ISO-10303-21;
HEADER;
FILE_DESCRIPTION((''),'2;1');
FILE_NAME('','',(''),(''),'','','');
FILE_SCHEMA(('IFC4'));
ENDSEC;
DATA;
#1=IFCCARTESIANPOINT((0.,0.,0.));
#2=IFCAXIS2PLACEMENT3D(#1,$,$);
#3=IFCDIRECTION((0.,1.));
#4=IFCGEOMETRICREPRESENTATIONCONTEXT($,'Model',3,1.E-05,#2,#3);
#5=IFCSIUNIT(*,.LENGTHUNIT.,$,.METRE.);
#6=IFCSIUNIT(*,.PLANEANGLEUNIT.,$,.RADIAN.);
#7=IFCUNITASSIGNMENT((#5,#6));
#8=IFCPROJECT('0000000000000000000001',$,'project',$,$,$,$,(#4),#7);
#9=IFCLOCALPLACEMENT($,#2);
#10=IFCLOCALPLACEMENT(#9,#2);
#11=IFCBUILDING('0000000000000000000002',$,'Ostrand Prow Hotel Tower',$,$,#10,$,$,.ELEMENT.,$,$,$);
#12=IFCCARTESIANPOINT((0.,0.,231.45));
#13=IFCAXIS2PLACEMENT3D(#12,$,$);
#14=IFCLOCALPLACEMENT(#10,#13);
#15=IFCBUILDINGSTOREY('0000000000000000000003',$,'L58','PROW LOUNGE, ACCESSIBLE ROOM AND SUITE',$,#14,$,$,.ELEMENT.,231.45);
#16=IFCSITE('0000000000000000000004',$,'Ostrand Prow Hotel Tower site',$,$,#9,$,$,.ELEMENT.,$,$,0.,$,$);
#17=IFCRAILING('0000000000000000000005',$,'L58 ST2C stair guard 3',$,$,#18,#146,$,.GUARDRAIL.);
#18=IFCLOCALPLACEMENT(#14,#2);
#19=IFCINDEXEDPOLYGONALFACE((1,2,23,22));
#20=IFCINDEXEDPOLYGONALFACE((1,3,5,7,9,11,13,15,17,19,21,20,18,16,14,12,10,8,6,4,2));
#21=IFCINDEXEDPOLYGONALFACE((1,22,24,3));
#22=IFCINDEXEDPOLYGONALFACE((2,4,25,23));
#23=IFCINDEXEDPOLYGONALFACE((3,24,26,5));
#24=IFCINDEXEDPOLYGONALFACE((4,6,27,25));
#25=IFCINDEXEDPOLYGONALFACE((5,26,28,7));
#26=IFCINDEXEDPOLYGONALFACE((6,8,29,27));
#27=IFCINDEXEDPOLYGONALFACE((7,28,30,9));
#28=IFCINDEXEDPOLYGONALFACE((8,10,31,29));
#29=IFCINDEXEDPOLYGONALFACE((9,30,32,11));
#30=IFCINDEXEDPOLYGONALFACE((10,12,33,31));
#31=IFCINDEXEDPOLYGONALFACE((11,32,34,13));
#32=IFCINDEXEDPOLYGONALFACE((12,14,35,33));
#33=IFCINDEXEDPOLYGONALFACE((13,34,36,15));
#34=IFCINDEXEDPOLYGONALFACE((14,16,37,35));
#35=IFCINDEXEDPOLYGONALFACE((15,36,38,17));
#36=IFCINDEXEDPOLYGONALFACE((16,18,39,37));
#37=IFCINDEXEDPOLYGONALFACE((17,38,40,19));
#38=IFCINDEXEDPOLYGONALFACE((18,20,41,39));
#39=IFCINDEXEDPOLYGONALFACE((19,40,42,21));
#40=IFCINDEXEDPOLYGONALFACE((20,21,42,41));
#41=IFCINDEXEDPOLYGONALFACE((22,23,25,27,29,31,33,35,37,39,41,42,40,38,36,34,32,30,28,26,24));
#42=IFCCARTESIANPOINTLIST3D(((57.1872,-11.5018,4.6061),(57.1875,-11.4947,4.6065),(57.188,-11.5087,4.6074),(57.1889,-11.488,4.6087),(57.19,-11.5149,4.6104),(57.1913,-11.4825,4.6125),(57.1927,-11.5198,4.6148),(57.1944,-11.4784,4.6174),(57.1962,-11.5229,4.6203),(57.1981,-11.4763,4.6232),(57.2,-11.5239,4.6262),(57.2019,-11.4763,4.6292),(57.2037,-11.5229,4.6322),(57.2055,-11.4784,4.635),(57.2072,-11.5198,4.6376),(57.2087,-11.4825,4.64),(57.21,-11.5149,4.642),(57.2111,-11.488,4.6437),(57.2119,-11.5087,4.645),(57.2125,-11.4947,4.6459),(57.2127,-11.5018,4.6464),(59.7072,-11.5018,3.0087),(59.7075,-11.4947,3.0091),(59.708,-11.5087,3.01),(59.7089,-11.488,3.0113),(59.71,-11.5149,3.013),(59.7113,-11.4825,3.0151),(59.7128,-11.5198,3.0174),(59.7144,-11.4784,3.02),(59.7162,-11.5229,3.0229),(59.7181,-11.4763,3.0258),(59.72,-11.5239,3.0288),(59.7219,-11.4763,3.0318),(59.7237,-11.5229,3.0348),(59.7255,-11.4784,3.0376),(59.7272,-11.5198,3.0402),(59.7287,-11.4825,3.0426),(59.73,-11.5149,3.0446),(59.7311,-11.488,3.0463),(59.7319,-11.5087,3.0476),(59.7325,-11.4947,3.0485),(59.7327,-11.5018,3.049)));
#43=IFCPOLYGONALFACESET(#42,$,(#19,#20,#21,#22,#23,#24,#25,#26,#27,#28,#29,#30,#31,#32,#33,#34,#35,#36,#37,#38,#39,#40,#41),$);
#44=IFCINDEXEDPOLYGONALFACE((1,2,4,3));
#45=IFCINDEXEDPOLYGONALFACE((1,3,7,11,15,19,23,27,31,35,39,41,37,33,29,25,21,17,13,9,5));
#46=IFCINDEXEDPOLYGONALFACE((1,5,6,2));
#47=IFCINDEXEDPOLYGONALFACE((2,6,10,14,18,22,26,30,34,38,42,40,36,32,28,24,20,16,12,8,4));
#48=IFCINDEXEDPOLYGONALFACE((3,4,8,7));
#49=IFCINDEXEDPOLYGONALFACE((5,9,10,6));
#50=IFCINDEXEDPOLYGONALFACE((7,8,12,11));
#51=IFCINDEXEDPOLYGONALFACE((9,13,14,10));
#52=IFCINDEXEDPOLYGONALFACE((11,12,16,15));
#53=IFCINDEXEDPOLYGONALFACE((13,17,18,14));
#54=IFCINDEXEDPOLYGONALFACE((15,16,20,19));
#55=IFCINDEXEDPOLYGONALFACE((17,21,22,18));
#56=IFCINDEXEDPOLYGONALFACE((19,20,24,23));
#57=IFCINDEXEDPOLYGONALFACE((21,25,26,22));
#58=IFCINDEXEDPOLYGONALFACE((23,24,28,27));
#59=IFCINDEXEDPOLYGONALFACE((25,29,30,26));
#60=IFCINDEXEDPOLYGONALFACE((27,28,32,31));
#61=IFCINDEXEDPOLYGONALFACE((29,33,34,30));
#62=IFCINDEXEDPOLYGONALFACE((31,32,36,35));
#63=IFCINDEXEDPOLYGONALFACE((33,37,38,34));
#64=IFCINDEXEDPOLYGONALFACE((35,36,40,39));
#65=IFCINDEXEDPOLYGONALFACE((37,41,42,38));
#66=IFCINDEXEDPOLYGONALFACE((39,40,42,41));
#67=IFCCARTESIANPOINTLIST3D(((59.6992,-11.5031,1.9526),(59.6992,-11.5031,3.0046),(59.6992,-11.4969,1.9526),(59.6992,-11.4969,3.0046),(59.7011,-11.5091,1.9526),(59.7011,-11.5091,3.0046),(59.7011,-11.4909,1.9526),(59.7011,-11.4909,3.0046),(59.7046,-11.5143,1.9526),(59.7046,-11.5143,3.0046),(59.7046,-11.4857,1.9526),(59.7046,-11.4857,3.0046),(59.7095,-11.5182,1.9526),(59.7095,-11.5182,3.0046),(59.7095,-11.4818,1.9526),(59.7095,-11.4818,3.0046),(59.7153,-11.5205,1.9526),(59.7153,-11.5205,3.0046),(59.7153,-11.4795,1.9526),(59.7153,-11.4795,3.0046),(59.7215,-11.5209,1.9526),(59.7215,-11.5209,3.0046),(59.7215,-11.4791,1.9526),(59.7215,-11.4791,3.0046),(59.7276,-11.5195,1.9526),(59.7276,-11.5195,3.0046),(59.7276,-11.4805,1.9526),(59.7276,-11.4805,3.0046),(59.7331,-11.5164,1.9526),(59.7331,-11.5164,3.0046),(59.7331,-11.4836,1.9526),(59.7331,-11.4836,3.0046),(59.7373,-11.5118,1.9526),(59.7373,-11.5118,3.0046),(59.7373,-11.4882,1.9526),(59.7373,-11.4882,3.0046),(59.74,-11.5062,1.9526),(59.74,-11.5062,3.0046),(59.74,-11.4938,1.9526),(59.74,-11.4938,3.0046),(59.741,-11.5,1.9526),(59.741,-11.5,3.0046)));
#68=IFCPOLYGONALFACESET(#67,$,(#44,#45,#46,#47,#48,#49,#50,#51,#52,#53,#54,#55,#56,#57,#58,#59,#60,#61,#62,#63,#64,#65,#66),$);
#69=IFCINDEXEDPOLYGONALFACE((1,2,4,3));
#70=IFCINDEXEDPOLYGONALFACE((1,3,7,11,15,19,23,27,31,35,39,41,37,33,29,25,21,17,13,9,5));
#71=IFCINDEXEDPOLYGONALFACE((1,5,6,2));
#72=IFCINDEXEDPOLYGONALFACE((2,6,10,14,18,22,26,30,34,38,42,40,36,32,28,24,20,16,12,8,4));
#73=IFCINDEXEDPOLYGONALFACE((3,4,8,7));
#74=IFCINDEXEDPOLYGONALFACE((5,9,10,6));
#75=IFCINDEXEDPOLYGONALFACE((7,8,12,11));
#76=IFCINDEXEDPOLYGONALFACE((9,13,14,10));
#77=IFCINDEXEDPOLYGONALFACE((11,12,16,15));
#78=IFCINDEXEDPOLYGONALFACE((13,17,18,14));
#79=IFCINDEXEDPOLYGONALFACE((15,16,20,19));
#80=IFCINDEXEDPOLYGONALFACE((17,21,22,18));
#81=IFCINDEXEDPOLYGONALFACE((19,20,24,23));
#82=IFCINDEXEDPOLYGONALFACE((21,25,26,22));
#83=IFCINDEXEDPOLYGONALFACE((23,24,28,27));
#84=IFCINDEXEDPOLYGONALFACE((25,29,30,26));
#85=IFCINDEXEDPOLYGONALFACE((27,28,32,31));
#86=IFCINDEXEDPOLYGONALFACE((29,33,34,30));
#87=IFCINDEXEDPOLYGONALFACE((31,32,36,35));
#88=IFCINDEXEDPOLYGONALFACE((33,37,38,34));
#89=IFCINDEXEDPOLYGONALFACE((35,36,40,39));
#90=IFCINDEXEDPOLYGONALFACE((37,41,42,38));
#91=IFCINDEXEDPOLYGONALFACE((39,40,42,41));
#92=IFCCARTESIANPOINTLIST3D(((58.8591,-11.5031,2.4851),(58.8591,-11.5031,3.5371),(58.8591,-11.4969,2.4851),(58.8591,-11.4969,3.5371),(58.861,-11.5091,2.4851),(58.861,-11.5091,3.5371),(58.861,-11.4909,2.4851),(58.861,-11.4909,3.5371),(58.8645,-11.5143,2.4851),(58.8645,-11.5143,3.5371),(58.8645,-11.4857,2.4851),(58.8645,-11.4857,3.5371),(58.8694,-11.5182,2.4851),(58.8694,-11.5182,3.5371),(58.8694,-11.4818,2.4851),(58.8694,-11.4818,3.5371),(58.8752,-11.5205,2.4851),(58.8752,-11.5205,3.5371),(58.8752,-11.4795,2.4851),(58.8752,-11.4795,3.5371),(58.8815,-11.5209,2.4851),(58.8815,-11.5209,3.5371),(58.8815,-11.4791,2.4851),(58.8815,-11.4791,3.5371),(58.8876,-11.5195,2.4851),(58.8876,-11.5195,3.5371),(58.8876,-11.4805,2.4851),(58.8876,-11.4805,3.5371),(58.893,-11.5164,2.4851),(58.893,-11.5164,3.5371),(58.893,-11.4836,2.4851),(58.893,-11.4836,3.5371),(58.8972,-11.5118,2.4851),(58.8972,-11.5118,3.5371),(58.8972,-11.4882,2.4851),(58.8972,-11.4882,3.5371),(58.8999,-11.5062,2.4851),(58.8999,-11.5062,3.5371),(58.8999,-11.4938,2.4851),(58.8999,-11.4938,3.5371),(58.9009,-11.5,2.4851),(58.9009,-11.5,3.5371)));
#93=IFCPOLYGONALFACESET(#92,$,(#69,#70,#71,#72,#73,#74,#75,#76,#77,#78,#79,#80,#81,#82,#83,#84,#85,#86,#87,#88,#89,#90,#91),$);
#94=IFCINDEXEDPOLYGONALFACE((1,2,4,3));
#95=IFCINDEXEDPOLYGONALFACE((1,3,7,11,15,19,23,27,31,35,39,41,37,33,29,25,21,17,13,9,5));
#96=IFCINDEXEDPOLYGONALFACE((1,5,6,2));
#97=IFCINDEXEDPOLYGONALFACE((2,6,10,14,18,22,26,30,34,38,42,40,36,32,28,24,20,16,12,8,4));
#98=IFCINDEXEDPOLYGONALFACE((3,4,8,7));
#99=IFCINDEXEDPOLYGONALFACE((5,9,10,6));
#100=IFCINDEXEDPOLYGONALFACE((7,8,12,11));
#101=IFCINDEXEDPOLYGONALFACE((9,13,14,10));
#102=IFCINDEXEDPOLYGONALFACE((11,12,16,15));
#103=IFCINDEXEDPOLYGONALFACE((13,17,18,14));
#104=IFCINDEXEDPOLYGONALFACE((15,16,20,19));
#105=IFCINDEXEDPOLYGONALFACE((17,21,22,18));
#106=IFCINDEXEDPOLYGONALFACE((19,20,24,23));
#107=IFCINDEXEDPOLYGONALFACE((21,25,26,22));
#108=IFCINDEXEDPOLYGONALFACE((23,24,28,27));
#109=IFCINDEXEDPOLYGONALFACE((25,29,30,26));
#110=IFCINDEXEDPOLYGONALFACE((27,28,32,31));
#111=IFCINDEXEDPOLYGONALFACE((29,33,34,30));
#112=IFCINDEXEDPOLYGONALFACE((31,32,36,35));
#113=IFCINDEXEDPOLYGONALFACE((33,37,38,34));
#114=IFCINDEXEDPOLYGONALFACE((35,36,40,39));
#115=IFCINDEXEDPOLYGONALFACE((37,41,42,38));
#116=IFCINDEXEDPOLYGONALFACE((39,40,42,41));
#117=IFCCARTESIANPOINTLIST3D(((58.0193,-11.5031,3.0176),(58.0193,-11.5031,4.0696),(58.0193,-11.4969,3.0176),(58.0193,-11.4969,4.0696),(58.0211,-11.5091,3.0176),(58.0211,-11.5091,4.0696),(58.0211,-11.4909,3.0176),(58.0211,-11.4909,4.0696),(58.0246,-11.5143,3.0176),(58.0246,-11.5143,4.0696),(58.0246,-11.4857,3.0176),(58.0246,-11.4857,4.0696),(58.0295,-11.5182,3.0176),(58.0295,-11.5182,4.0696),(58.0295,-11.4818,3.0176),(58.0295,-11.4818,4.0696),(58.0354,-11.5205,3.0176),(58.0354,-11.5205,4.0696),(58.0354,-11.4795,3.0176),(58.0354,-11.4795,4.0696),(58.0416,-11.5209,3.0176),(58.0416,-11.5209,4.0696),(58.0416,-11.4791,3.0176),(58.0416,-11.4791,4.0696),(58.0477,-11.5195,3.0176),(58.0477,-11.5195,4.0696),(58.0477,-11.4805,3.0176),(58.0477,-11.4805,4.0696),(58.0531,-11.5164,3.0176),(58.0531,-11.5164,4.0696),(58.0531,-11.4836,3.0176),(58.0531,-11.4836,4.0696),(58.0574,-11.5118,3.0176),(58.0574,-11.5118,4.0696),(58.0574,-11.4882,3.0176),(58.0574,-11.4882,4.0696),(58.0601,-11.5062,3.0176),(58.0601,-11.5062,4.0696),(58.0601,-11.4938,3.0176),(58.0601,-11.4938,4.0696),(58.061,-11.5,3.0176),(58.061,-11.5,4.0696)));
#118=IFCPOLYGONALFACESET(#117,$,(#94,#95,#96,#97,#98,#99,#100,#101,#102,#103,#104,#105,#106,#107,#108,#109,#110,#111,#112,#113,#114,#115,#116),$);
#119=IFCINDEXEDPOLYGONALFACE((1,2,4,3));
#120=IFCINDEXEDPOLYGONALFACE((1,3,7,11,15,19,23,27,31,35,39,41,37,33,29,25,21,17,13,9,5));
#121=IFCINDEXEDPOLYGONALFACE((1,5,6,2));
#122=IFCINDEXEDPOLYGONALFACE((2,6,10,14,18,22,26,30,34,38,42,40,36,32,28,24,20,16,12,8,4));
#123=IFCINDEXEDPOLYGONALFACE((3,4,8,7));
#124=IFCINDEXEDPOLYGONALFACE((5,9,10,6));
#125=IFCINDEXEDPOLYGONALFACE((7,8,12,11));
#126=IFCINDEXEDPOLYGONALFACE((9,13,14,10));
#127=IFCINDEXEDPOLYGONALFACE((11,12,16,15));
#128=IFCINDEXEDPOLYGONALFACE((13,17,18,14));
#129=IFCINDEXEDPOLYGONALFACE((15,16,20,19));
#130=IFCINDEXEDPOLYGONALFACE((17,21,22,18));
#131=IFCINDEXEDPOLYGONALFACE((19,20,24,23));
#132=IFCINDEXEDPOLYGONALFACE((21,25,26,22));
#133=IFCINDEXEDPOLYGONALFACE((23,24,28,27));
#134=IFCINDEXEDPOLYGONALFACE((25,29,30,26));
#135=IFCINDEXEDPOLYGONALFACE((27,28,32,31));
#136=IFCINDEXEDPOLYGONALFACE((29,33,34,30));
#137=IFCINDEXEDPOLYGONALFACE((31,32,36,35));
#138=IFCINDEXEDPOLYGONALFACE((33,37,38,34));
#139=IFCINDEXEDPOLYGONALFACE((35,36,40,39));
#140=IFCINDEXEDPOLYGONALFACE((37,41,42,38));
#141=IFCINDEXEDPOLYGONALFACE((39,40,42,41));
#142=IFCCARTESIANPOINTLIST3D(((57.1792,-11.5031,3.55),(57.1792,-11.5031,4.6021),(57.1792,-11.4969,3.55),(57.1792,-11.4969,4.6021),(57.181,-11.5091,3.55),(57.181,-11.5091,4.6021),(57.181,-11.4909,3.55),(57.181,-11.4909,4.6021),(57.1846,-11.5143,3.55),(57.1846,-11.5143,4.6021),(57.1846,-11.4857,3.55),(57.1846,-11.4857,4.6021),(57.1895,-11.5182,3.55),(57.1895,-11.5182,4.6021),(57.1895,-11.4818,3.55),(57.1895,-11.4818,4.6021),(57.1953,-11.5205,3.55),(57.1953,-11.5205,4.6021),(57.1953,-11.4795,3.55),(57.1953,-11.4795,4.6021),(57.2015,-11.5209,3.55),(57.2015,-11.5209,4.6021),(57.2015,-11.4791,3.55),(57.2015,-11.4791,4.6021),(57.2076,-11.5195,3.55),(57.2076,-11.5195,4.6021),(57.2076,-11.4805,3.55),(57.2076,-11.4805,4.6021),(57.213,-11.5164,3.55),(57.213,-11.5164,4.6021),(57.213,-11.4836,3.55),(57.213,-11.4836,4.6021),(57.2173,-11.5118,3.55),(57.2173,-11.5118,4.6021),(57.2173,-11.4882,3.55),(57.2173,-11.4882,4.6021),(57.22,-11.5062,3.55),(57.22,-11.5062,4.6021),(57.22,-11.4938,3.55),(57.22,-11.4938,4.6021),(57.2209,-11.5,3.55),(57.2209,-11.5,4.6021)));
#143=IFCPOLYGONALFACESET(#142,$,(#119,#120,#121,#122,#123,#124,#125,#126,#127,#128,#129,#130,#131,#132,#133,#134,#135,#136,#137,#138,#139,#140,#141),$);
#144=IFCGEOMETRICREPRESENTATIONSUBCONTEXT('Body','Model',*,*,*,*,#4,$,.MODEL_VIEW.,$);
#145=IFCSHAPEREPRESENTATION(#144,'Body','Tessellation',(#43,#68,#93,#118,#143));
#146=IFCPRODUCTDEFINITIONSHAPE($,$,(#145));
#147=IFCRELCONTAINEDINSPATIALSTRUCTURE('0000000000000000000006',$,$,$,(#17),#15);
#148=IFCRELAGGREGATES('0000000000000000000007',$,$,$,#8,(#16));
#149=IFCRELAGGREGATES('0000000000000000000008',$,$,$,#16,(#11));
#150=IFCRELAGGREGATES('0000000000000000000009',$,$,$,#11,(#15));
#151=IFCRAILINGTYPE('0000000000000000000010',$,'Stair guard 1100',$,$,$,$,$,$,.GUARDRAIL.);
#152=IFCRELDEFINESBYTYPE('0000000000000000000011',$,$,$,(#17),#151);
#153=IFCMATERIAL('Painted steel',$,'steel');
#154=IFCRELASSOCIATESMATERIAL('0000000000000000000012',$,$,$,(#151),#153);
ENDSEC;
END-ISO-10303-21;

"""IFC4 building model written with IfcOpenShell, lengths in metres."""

from ifc_helpers import new_model, si_unit, direction, frame, origin, origin_2d, place, context, subcontext, project, spatial, circle, extrude, material, type_object, element, save


model = new_model("IFC4")

# Units and contexts
model_context = context("Model", 3, precision=1e-05, world=origin(), true_north=direction((0.0, 1.0)))
body_context = subcontext(model_context, "Body", "Model", "MODEL_VIEW")
ifc_project = project(units=[si_unit("LENGTHUNIT", "METRE"), si_unit("PLANEANGLEUNIT", "RADIAN")], contexts=[model_context])

# Site, building, storey
site_placement = place(None, origin())
site = spatial("IfcSite", under=ifc_project, at=site_placement, Name="Ostrand Prow Hotel Tower site", CompositionType="ELEMENT", RefElevation=0.0)
building_placement = place(site_placement, origin())
building = spatial("IfcBuilding", under=site, at=building_placement, Name="Ostrand Prow Hotel Tower", CompositionType="ELEMENT")
storey_placement = place(building_placement, frame((0.0, 0.0, 231.45)))
storey = spatial("IfcBuildingStorey", under=building, at=storey_placement, Name="L58", Description="PROW LOUNGE, ACCESSIBLE ROOM AND SUITE", CompositionType="ELEMENT", Elevation=231.45)

# Railing
ifc_material_1 = material(Name="Painted steel", Category="steel")
railing_type_1 = type_object("IfcRailingType", Name="Stair guard 1100", PredefinedType="GUARDRAIL", material=ifc_material_1)
railing_1_placement = place(storey_placement, frame((59.72, -11.5, 1.9526)))
element("IfcRailing", 1, at=railing_1_placement, inside=storey, type_object=railing_type_1, Name="L58 ST2C stair guard 3", PredefinedType="GUARDRAIL", context=body_context, shape_type="SweptSolid", body=[
    extrude(circle(Radius=0.0239, at=origin_2d()), frame((0.0, 0.0, 1.0762), z_axis=(-0.844607, 0.0, 0.535387), x_axis=(0.0, -1.0, 0.0)), (0.0, 0.0, 1.0), 2.9836),
    extrude(circle(Radius=0.021, at=origin_2d()), origin(), (0.0, 0.0, 1.0), 1.052),
    extrude(circle(Radius=0.021, at=origin_2d()), frame((-0.8401, 0.0, 0.5325)), (0.0, 0.0, 1.0), 1.052),
    extrude(circle(Radius=0.021, at=origin_2d()), frame((-1.6799, 0.0, 1.0649)), (0.0, 0.0, 1.0), 1.052),
    extrude(circle(Radius=0.021, at=origin_2d()), frame((-2.52, 0.0, 1.5974)), (0.0, 0.0, 1.0), 1.052),
])

save(model, "model.ifc")
